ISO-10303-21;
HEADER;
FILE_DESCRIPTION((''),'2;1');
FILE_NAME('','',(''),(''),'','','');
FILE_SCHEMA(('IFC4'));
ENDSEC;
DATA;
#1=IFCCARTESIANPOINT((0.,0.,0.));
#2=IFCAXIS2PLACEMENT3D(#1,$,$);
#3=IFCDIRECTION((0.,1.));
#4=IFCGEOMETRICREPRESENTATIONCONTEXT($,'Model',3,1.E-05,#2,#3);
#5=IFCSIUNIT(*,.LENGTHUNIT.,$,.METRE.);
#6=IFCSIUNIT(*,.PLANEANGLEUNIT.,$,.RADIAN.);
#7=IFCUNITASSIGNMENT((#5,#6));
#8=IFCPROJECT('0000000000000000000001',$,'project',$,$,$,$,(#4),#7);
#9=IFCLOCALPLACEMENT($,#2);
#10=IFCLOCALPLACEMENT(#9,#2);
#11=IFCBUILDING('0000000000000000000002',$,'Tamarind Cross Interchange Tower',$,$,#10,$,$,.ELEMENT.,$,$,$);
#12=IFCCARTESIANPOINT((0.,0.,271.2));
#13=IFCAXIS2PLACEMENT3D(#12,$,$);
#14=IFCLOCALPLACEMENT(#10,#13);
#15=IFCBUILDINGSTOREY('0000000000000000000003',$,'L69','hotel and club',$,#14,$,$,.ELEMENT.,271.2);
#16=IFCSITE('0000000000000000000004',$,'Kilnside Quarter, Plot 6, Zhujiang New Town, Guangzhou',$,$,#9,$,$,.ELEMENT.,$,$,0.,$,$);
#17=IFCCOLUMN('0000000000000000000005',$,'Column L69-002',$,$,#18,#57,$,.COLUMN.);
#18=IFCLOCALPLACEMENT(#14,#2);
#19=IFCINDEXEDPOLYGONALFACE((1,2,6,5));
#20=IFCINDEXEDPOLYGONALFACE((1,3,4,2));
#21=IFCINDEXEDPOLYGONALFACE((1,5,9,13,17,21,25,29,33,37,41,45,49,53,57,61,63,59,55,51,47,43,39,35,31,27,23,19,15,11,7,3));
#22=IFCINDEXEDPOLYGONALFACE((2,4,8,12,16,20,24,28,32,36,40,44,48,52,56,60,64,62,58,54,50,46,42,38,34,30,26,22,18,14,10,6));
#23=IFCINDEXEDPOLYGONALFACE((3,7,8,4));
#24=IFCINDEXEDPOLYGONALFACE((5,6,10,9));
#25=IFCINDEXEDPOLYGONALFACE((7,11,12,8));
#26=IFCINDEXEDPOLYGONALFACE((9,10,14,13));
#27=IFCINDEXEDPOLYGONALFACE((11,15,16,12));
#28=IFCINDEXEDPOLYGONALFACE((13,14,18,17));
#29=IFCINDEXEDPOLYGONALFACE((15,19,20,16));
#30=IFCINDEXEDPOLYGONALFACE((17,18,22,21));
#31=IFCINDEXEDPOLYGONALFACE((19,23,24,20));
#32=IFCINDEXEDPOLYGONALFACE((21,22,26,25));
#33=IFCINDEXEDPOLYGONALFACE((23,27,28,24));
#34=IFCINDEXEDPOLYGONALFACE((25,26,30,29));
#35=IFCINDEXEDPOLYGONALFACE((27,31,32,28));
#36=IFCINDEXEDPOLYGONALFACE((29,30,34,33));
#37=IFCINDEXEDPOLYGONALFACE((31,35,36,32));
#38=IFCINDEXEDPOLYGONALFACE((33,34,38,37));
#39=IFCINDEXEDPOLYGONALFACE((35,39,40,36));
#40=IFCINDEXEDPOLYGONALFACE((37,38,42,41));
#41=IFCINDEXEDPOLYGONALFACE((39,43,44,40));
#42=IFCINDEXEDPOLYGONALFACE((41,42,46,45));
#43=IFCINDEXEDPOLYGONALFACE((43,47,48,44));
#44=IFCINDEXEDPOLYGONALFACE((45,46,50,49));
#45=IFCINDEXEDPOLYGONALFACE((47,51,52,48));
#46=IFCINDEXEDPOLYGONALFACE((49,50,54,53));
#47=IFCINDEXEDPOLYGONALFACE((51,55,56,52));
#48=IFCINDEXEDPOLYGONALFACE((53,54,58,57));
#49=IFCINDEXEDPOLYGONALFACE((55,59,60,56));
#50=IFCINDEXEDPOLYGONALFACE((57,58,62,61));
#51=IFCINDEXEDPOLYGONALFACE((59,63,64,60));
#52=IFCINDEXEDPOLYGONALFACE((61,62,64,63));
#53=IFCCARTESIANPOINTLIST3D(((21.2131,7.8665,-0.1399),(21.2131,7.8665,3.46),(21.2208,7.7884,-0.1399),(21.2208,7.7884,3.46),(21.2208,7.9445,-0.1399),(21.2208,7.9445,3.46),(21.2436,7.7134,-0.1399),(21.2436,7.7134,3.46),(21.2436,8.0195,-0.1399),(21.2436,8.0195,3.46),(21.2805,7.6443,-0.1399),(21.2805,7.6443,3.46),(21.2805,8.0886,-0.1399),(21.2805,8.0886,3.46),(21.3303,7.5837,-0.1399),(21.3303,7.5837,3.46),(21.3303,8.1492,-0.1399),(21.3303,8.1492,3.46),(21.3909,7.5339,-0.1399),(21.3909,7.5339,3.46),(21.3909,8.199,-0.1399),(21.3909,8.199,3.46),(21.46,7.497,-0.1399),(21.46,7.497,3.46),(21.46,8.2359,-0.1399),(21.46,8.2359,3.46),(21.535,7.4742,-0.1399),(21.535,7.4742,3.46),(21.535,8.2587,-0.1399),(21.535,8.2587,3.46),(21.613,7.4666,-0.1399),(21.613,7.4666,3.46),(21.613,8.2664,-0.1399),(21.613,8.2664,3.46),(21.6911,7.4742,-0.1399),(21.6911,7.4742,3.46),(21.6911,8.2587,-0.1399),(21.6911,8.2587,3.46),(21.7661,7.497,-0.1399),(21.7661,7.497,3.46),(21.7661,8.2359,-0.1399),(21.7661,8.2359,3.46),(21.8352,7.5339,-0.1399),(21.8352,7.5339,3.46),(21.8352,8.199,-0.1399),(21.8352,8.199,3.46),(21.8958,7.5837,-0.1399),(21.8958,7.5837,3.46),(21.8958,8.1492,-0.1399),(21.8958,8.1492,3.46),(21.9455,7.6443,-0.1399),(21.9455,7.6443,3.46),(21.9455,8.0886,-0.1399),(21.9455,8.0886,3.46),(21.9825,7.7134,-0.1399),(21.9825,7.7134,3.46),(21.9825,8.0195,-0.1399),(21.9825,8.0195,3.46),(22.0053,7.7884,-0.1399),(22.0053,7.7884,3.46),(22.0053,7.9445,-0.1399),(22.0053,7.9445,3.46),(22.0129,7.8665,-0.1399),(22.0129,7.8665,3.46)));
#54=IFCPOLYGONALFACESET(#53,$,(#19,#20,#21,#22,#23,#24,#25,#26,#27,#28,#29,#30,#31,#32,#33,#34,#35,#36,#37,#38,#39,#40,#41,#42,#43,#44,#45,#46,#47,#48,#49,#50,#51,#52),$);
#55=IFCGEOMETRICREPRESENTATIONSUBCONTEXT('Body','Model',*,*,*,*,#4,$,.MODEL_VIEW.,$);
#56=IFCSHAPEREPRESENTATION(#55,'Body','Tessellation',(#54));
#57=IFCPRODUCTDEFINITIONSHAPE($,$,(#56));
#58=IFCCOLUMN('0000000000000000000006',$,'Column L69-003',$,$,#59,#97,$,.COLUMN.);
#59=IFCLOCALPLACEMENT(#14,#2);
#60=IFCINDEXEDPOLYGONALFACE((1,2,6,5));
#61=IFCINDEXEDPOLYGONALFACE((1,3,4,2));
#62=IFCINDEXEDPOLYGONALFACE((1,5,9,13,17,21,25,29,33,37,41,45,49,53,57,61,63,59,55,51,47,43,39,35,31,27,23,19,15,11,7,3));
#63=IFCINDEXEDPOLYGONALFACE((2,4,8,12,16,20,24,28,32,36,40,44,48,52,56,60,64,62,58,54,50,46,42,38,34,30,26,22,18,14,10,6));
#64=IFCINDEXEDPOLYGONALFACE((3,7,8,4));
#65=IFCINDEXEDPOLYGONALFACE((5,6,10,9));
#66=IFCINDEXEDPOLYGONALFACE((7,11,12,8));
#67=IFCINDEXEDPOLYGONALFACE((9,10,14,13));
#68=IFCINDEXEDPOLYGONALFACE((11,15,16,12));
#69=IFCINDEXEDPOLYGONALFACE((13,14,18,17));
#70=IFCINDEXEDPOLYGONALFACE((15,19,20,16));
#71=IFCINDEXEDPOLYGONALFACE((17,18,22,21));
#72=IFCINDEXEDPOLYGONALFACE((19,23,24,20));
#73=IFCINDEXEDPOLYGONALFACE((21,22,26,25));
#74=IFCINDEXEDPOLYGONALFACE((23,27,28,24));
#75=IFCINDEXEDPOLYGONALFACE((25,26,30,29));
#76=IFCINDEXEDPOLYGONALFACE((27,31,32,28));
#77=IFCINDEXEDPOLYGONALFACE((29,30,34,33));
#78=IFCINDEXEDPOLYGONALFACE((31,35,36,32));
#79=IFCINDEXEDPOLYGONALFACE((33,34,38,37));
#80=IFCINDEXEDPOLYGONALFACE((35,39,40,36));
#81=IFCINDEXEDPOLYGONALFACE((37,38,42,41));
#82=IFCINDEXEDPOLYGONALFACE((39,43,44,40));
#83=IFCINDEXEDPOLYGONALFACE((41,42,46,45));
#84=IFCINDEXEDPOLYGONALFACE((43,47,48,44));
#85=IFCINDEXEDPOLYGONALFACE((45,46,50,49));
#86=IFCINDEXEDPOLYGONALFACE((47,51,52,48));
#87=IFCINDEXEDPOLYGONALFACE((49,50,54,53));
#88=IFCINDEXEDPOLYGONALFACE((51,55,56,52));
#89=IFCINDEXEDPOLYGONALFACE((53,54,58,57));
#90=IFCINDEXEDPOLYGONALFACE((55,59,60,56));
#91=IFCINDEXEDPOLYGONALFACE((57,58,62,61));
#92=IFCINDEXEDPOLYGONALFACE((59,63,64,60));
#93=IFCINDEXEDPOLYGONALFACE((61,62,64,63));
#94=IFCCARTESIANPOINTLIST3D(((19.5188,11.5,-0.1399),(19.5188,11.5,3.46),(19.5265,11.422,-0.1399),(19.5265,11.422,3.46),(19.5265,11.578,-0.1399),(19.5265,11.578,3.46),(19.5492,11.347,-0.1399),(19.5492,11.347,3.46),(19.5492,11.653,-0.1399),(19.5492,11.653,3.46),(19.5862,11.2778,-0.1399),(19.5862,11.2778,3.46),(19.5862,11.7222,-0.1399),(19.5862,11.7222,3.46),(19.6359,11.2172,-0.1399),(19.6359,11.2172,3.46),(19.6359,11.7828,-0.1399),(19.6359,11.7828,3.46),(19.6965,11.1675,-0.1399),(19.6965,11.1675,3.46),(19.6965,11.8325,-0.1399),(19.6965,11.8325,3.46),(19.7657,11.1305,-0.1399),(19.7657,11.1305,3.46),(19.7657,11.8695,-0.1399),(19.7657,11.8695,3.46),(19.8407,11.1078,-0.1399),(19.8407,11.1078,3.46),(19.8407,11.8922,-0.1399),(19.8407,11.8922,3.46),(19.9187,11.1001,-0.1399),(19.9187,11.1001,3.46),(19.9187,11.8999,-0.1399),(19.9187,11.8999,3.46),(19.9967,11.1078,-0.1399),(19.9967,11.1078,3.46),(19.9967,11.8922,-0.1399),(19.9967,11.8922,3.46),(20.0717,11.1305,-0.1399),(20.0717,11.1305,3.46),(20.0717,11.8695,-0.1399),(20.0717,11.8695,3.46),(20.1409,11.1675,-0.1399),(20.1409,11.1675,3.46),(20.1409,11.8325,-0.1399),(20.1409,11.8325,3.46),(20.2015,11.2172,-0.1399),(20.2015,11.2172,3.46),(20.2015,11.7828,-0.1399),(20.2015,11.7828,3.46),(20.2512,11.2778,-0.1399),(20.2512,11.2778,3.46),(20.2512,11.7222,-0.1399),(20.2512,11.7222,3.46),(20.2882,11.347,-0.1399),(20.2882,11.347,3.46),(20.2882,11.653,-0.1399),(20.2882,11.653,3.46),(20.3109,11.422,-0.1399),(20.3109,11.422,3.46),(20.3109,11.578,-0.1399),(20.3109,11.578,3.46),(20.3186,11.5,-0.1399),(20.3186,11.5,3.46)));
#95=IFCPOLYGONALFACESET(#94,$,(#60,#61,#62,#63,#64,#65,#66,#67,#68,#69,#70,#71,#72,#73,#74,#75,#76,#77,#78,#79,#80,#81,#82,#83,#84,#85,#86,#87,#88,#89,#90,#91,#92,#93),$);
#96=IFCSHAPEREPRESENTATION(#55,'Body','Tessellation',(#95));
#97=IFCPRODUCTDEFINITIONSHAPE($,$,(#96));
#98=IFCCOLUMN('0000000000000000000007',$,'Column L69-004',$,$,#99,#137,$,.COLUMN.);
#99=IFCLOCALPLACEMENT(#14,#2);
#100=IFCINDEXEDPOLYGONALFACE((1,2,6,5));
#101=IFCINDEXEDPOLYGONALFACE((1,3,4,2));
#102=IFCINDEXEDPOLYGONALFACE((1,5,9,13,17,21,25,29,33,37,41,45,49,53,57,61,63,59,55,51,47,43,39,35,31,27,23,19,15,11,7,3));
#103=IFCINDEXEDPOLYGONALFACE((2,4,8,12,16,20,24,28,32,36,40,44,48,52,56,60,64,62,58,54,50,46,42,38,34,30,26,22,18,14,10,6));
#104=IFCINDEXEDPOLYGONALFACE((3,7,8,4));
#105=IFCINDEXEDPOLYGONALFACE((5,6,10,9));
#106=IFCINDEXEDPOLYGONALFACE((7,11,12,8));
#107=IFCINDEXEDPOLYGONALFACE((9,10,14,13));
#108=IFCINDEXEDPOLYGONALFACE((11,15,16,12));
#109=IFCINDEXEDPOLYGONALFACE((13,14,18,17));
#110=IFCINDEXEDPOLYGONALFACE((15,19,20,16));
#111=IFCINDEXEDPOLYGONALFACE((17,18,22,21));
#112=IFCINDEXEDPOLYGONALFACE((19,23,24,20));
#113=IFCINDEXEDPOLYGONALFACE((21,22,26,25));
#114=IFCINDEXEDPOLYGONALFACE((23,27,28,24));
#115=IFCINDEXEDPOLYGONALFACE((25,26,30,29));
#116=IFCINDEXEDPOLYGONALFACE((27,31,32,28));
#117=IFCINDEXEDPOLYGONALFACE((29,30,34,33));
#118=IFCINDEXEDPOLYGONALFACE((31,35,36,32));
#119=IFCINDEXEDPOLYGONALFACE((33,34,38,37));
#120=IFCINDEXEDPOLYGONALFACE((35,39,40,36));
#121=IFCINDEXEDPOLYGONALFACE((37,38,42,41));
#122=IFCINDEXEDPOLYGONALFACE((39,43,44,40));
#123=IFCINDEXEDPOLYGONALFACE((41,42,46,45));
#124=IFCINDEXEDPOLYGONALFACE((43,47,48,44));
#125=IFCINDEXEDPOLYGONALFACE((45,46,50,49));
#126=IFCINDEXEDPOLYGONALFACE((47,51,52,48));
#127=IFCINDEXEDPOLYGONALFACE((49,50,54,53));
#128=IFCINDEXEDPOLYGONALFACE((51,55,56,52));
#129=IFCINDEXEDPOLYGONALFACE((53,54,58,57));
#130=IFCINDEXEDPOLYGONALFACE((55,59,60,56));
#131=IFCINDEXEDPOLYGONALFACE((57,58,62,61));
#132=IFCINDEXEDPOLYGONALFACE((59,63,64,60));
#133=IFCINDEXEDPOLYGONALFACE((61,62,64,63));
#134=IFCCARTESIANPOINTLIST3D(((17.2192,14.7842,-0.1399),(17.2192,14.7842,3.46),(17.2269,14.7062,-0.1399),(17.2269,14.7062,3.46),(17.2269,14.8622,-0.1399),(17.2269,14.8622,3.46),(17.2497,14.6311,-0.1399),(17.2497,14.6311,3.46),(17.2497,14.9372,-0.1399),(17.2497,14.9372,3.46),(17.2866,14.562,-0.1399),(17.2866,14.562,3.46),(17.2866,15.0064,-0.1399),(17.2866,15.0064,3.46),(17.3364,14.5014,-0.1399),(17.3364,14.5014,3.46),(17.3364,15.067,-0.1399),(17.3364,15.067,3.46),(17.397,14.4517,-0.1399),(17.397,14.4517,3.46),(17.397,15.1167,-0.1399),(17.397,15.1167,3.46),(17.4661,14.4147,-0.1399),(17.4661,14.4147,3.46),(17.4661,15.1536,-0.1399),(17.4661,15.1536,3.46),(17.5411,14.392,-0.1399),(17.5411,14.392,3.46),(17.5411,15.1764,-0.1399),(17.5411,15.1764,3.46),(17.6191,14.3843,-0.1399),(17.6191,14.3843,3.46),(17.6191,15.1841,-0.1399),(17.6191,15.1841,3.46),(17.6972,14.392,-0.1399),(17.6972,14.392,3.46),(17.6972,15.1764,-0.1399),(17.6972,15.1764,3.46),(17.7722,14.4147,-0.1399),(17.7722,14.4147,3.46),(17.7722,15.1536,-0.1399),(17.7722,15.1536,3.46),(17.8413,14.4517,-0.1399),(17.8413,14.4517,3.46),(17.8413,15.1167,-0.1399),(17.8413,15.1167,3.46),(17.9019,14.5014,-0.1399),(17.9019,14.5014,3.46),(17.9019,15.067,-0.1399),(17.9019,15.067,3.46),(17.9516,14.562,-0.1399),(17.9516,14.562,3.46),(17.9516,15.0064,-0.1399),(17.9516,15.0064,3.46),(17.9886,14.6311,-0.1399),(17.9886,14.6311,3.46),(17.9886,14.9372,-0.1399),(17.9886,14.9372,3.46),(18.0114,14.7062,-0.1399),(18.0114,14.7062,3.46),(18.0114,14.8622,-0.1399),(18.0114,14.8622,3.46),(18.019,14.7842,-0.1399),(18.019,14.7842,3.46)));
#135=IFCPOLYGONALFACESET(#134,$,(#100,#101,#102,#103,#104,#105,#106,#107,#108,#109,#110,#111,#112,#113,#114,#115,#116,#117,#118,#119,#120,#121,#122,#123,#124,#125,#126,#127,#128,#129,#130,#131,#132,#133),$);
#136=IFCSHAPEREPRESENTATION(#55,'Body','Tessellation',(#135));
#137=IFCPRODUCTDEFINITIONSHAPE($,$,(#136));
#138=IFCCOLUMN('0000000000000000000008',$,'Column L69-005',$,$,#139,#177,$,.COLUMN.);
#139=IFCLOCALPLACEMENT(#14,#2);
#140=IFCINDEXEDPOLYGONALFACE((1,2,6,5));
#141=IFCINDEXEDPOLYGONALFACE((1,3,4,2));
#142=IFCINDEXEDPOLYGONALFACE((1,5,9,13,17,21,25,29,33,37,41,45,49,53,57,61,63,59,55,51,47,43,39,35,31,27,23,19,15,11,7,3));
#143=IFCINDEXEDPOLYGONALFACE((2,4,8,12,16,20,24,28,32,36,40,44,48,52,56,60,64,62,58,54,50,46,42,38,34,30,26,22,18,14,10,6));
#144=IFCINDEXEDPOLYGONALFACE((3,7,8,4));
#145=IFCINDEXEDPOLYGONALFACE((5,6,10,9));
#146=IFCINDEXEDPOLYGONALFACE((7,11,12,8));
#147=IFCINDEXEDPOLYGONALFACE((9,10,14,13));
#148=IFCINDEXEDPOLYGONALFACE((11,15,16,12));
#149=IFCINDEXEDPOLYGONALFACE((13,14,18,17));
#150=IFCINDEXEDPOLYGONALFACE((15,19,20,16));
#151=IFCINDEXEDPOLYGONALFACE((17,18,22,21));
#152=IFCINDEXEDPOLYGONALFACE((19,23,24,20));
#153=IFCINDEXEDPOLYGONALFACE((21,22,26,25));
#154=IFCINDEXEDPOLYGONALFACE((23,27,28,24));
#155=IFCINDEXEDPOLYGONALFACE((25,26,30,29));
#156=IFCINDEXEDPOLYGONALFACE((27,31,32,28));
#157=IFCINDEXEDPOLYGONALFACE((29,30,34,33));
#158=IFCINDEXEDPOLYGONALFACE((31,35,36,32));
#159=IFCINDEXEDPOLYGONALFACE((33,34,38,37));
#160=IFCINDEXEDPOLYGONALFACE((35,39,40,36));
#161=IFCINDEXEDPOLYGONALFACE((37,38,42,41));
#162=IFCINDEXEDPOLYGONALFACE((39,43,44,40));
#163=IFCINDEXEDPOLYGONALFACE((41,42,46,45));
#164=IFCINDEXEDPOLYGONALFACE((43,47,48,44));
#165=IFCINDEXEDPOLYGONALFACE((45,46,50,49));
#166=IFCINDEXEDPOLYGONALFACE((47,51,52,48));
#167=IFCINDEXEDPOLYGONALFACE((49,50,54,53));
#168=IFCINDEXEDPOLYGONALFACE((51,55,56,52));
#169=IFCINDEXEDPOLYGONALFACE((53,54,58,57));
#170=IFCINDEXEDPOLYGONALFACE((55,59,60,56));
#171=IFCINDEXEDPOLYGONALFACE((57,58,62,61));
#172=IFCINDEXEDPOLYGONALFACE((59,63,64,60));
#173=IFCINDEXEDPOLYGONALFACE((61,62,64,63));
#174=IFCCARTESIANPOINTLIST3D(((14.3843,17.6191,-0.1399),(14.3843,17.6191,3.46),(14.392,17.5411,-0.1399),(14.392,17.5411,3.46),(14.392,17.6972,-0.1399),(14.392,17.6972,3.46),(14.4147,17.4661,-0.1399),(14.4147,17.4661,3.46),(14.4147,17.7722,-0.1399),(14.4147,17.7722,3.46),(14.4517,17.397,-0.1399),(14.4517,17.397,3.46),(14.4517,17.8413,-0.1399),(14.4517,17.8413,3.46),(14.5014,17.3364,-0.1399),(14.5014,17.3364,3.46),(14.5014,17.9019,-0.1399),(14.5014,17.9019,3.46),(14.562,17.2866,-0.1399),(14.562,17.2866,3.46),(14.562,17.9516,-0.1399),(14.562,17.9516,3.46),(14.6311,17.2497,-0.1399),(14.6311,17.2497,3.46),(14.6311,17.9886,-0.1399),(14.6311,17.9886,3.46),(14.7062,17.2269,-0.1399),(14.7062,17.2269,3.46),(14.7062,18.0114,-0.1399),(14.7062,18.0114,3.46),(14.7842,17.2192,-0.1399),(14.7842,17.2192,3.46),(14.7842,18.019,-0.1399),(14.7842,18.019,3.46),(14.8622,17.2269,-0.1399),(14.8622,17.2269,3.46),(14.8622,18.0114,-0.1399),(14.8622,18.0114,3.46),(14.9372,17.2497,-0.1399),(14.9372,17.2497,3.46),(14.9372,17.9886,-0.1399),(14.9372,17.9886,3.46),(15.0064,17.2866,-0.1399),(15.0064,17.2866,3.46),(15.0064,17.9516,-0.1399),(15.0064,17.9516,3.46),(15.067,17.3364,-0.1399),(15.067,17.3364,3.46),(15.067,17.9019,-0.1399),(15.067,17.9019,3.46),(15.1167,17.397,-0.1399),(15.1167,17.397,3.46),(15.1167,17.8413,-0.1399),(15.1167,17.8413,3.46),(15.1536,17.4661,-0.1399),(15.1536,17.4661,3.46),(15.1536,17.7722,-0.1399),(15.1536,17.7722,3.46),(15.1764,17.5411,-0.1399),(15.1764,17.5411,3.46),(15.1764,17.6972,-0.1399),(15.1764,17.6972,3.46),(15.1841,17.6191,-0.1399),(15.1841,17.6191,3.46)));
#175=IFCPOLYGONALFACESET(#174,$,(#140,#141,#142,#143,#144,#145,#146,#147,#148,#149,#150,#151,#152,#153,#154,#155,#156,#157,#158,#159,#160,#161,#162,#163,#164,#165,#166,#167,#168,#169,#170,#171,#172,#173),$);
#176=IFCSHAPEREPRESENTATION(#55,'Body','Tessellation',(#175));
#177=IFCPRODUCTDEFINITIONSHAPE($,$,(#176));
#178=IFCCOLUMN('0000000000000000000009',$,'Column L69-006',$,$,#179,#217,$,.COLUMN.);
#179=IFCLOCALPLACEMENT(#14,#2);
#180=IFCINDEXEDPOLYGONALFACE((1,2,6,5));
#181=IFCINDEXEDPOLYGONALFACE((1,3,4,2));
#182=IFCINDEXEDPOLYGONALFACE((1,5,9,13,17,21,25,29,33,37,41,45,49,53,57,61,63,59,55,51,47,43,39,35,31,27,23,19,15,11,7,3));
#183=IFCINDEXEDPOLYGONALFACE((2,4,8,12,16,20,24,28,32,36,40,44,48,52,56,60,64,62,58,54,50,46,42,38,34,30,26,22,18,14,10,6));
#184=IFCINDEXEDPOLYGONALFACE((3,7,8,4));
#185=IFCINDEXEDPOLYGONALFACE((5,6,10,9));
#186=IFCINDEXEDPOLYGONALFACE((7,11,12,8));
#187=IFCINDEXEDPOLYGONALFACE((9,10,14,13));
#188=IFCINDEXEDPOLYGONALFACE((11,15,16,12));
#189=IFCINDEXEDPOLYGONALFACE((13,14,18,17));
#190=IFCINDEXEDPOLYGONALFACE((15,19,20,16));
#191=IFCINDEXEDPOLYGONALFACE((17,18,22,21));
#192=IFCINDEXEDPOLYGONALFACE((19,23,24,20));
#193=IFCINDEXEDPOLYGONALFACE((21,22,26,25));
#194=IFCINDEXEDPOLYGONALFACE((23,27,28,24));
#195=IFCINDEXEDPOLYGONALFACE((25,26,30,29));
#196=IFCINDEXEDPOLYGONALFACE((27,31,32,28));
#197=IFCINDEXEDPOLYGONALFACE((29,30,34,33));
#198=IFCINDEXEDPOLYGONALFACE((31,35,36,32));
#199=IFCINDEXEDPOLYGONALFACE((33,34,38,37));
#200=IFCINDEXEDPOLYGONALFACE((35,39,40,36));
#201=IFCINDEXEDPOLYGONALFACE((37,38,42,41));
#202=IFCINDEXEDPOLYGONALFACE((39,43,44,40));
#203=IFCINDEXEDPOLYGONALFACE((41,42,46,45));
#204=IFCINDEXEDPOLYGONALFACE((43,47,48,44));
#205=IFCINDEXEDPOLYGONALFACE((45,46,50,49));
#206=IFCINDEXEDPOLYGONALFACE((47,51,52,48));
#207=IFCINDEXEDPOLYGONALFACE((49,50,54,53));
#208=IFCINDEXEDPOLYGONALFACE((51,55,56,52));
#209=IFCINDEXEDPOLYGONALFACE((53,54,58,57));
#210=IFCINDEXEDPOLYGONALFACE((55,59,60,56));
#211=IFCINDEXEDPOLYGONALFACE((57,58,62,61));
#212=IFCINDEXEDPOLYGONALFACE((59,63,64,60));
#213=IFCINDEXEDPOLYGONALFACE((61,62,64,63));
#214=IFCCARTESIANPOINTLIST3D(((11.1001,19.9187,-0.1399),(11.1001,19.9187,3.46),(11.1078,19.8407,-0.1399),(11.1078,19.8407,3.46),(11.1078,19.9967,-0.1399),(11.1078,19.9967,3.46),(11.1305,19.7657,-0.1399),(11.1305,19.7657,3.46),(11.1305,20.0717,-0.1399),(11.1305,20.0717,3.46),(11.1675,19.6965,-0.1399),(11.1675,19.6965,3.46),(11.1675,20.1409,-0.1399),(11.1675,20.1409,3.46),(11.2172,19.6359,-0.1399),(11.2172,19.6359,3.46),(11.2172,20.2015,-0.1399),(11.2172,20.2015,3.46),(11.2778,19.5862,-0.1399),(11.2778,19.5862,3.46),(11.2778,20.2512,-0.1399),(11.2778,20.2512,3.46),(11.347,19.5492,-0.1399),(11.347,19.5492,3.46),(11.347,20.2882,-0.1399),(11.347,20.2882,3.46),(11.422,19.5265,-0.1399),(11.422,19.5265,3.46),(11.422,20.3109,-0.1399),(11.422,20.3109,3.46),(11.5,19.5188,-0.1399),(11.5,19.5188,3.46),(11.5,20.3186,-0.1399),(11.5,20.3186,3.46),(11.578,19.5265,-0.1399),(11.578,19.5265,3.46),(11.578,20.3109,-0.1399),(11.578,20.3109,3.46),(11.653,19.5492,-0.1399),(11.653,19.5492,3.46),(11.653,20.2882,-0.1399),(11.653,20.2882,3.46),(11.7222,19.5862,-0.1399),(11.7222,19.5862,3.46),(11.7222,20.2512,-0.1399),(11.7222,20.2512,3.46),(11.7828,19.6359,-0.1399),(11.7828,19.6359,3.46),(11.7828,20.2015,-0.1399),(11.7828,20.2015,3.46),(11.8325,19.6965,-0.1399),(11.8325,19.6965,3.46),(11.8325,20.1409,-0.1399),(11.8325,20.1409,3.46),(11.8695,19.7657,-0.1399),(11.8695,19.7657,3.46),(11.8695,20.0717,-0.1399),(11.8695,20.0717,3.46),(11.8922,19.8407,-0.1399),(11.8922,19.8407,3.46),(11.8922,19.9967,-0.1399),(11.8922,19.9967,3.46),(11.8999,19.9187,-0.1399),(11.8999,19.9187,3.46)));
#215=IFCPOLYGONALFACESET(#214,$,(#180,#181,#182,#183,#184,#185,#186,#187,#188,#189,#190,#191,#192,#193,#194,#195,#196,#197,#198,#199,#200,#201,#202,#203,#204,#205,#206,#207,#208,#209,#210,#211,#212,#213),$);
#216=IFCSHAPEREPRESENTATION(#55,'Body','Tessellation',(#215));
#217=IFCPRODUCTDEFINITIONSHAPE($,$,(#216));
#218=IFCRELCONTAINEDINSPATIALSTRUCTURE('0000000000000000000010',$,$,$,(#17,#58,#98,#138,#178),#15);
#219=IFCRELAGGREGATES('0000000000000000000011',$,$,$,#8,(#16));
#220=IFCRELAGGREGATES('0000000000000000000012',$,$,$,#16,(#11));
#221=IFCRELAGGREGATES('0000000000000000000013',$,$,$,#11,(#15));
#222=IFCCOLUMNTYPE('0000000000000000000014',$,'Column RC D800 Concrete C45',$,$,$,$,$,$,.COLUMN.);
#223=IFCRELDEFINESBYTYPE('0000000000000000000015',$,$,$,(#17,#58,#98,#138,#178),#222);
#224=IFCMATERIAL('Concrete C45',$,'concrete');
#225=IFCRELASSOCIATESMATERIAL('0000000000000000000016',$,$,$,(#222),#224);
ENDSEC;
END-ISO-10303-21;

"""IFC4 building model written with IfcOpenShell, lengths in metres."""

from ifc_helpers import new_model, si_unit, direction, frame, origin, origin_2d, place, context, subcontext, project, spatial, circle, extrude, material, material_profile, profile_set, type_object, element, save


model = new_model("IFC4")

# Units and contexts
model_context = context("Model", 3, precision=1e-05, world=origin(), true_north=direction((0.0, 1.0)))
body_context = subcontext(model_context, "Body", "Model", "MODEL_VIEW")
ifc_project = project(units=[si_unit("LENGTHUNIT", "METRE"), si_unit("PLANEANGLEUNIT", "RADIAN")], contexts=[model_context])

# Site, building, storey
site_placement = place(None, origin())
site = spatial("IfcSite", under=ifc_project, at=site_placement, Name="Kilnside Quarter, Plot 6, Zhujiang New Town, Guangzhou", CompositionType="ELEMENT", RefElevation=0.0)
building_placement = place(site_placement, origin())
building = spatial("IfcBuilding", under=site, at=building_placement, Name="Tamarind Cross Interchange Tower", CompositionType="ELEMENT")
storey_placement = place(building_placement, frame((0.0, 0.0, 271.2)))
storey = spatial("IfcBuildingStorey", under=building, at=storey_placement, Name="L69", Description="hotel and club", CompositionType="ELEMENT", Elevation=271.2)

# Columns
ifc_material_1 = material(Name="Concrete C45", Category="concrete")
ifc_material_profile_1 = material_profile(ifc_material_1, circle(Radius=0.3999, at=origin_2d()), Name="RC D800")
ifc_profile_set_1 = profile_set([ifc_material_profile_1], Name="Concrete C45")
column_type = type_object("IfcColumnType", Name="Column RC D800 Concrete C45", PredefinedType="COLUMN", material=ifc_profile_set_1)
for number, where, z_axis, x_axis, name in (
    (1, (21.613, 7.8665, -0.1399), (0.0, 0.0, 1.0), (1.0, 0.0, 0.0), "Column L69-002"),
    (2, (19.9187, 11.5, -0.1399), (0.0, 0.0, 1.0), (1.0, 0.0, 0.0), "Column L69-003"),
    (3, (17.6191, 14.7842, -0.1399), (0.0, 0.0, 1.0), (1.0, 0.0, 0.0), "Column L69-004"),
    (4, (14.7842, 17.6191, -0.1399), (0.0, 0.0, 1.0), (1.0, 0.0, 0.0), "Column L69-005"),
    (5, (11.5, 19.9187, -0.1399), (0.0, 0.0, 1.0), (1.0, 0.0, 0.0), "Column L69-006"),
):
    element("IfcColumn", number, at=place(storey_placement, frame(where, z_axis=z_axis, x_axis=x_axis)), inside=storey, type_object=column_type, Name=name, PredefinedType="COLUMN", context=body_context, shape_type="SweptSolid", body=[
        extrude(circle(Radius=0.3999, at=origin_2d()), origin(), (0.0, 0.0, 1.0), 3.5999),
    ])

save(model, "model.ifc")
